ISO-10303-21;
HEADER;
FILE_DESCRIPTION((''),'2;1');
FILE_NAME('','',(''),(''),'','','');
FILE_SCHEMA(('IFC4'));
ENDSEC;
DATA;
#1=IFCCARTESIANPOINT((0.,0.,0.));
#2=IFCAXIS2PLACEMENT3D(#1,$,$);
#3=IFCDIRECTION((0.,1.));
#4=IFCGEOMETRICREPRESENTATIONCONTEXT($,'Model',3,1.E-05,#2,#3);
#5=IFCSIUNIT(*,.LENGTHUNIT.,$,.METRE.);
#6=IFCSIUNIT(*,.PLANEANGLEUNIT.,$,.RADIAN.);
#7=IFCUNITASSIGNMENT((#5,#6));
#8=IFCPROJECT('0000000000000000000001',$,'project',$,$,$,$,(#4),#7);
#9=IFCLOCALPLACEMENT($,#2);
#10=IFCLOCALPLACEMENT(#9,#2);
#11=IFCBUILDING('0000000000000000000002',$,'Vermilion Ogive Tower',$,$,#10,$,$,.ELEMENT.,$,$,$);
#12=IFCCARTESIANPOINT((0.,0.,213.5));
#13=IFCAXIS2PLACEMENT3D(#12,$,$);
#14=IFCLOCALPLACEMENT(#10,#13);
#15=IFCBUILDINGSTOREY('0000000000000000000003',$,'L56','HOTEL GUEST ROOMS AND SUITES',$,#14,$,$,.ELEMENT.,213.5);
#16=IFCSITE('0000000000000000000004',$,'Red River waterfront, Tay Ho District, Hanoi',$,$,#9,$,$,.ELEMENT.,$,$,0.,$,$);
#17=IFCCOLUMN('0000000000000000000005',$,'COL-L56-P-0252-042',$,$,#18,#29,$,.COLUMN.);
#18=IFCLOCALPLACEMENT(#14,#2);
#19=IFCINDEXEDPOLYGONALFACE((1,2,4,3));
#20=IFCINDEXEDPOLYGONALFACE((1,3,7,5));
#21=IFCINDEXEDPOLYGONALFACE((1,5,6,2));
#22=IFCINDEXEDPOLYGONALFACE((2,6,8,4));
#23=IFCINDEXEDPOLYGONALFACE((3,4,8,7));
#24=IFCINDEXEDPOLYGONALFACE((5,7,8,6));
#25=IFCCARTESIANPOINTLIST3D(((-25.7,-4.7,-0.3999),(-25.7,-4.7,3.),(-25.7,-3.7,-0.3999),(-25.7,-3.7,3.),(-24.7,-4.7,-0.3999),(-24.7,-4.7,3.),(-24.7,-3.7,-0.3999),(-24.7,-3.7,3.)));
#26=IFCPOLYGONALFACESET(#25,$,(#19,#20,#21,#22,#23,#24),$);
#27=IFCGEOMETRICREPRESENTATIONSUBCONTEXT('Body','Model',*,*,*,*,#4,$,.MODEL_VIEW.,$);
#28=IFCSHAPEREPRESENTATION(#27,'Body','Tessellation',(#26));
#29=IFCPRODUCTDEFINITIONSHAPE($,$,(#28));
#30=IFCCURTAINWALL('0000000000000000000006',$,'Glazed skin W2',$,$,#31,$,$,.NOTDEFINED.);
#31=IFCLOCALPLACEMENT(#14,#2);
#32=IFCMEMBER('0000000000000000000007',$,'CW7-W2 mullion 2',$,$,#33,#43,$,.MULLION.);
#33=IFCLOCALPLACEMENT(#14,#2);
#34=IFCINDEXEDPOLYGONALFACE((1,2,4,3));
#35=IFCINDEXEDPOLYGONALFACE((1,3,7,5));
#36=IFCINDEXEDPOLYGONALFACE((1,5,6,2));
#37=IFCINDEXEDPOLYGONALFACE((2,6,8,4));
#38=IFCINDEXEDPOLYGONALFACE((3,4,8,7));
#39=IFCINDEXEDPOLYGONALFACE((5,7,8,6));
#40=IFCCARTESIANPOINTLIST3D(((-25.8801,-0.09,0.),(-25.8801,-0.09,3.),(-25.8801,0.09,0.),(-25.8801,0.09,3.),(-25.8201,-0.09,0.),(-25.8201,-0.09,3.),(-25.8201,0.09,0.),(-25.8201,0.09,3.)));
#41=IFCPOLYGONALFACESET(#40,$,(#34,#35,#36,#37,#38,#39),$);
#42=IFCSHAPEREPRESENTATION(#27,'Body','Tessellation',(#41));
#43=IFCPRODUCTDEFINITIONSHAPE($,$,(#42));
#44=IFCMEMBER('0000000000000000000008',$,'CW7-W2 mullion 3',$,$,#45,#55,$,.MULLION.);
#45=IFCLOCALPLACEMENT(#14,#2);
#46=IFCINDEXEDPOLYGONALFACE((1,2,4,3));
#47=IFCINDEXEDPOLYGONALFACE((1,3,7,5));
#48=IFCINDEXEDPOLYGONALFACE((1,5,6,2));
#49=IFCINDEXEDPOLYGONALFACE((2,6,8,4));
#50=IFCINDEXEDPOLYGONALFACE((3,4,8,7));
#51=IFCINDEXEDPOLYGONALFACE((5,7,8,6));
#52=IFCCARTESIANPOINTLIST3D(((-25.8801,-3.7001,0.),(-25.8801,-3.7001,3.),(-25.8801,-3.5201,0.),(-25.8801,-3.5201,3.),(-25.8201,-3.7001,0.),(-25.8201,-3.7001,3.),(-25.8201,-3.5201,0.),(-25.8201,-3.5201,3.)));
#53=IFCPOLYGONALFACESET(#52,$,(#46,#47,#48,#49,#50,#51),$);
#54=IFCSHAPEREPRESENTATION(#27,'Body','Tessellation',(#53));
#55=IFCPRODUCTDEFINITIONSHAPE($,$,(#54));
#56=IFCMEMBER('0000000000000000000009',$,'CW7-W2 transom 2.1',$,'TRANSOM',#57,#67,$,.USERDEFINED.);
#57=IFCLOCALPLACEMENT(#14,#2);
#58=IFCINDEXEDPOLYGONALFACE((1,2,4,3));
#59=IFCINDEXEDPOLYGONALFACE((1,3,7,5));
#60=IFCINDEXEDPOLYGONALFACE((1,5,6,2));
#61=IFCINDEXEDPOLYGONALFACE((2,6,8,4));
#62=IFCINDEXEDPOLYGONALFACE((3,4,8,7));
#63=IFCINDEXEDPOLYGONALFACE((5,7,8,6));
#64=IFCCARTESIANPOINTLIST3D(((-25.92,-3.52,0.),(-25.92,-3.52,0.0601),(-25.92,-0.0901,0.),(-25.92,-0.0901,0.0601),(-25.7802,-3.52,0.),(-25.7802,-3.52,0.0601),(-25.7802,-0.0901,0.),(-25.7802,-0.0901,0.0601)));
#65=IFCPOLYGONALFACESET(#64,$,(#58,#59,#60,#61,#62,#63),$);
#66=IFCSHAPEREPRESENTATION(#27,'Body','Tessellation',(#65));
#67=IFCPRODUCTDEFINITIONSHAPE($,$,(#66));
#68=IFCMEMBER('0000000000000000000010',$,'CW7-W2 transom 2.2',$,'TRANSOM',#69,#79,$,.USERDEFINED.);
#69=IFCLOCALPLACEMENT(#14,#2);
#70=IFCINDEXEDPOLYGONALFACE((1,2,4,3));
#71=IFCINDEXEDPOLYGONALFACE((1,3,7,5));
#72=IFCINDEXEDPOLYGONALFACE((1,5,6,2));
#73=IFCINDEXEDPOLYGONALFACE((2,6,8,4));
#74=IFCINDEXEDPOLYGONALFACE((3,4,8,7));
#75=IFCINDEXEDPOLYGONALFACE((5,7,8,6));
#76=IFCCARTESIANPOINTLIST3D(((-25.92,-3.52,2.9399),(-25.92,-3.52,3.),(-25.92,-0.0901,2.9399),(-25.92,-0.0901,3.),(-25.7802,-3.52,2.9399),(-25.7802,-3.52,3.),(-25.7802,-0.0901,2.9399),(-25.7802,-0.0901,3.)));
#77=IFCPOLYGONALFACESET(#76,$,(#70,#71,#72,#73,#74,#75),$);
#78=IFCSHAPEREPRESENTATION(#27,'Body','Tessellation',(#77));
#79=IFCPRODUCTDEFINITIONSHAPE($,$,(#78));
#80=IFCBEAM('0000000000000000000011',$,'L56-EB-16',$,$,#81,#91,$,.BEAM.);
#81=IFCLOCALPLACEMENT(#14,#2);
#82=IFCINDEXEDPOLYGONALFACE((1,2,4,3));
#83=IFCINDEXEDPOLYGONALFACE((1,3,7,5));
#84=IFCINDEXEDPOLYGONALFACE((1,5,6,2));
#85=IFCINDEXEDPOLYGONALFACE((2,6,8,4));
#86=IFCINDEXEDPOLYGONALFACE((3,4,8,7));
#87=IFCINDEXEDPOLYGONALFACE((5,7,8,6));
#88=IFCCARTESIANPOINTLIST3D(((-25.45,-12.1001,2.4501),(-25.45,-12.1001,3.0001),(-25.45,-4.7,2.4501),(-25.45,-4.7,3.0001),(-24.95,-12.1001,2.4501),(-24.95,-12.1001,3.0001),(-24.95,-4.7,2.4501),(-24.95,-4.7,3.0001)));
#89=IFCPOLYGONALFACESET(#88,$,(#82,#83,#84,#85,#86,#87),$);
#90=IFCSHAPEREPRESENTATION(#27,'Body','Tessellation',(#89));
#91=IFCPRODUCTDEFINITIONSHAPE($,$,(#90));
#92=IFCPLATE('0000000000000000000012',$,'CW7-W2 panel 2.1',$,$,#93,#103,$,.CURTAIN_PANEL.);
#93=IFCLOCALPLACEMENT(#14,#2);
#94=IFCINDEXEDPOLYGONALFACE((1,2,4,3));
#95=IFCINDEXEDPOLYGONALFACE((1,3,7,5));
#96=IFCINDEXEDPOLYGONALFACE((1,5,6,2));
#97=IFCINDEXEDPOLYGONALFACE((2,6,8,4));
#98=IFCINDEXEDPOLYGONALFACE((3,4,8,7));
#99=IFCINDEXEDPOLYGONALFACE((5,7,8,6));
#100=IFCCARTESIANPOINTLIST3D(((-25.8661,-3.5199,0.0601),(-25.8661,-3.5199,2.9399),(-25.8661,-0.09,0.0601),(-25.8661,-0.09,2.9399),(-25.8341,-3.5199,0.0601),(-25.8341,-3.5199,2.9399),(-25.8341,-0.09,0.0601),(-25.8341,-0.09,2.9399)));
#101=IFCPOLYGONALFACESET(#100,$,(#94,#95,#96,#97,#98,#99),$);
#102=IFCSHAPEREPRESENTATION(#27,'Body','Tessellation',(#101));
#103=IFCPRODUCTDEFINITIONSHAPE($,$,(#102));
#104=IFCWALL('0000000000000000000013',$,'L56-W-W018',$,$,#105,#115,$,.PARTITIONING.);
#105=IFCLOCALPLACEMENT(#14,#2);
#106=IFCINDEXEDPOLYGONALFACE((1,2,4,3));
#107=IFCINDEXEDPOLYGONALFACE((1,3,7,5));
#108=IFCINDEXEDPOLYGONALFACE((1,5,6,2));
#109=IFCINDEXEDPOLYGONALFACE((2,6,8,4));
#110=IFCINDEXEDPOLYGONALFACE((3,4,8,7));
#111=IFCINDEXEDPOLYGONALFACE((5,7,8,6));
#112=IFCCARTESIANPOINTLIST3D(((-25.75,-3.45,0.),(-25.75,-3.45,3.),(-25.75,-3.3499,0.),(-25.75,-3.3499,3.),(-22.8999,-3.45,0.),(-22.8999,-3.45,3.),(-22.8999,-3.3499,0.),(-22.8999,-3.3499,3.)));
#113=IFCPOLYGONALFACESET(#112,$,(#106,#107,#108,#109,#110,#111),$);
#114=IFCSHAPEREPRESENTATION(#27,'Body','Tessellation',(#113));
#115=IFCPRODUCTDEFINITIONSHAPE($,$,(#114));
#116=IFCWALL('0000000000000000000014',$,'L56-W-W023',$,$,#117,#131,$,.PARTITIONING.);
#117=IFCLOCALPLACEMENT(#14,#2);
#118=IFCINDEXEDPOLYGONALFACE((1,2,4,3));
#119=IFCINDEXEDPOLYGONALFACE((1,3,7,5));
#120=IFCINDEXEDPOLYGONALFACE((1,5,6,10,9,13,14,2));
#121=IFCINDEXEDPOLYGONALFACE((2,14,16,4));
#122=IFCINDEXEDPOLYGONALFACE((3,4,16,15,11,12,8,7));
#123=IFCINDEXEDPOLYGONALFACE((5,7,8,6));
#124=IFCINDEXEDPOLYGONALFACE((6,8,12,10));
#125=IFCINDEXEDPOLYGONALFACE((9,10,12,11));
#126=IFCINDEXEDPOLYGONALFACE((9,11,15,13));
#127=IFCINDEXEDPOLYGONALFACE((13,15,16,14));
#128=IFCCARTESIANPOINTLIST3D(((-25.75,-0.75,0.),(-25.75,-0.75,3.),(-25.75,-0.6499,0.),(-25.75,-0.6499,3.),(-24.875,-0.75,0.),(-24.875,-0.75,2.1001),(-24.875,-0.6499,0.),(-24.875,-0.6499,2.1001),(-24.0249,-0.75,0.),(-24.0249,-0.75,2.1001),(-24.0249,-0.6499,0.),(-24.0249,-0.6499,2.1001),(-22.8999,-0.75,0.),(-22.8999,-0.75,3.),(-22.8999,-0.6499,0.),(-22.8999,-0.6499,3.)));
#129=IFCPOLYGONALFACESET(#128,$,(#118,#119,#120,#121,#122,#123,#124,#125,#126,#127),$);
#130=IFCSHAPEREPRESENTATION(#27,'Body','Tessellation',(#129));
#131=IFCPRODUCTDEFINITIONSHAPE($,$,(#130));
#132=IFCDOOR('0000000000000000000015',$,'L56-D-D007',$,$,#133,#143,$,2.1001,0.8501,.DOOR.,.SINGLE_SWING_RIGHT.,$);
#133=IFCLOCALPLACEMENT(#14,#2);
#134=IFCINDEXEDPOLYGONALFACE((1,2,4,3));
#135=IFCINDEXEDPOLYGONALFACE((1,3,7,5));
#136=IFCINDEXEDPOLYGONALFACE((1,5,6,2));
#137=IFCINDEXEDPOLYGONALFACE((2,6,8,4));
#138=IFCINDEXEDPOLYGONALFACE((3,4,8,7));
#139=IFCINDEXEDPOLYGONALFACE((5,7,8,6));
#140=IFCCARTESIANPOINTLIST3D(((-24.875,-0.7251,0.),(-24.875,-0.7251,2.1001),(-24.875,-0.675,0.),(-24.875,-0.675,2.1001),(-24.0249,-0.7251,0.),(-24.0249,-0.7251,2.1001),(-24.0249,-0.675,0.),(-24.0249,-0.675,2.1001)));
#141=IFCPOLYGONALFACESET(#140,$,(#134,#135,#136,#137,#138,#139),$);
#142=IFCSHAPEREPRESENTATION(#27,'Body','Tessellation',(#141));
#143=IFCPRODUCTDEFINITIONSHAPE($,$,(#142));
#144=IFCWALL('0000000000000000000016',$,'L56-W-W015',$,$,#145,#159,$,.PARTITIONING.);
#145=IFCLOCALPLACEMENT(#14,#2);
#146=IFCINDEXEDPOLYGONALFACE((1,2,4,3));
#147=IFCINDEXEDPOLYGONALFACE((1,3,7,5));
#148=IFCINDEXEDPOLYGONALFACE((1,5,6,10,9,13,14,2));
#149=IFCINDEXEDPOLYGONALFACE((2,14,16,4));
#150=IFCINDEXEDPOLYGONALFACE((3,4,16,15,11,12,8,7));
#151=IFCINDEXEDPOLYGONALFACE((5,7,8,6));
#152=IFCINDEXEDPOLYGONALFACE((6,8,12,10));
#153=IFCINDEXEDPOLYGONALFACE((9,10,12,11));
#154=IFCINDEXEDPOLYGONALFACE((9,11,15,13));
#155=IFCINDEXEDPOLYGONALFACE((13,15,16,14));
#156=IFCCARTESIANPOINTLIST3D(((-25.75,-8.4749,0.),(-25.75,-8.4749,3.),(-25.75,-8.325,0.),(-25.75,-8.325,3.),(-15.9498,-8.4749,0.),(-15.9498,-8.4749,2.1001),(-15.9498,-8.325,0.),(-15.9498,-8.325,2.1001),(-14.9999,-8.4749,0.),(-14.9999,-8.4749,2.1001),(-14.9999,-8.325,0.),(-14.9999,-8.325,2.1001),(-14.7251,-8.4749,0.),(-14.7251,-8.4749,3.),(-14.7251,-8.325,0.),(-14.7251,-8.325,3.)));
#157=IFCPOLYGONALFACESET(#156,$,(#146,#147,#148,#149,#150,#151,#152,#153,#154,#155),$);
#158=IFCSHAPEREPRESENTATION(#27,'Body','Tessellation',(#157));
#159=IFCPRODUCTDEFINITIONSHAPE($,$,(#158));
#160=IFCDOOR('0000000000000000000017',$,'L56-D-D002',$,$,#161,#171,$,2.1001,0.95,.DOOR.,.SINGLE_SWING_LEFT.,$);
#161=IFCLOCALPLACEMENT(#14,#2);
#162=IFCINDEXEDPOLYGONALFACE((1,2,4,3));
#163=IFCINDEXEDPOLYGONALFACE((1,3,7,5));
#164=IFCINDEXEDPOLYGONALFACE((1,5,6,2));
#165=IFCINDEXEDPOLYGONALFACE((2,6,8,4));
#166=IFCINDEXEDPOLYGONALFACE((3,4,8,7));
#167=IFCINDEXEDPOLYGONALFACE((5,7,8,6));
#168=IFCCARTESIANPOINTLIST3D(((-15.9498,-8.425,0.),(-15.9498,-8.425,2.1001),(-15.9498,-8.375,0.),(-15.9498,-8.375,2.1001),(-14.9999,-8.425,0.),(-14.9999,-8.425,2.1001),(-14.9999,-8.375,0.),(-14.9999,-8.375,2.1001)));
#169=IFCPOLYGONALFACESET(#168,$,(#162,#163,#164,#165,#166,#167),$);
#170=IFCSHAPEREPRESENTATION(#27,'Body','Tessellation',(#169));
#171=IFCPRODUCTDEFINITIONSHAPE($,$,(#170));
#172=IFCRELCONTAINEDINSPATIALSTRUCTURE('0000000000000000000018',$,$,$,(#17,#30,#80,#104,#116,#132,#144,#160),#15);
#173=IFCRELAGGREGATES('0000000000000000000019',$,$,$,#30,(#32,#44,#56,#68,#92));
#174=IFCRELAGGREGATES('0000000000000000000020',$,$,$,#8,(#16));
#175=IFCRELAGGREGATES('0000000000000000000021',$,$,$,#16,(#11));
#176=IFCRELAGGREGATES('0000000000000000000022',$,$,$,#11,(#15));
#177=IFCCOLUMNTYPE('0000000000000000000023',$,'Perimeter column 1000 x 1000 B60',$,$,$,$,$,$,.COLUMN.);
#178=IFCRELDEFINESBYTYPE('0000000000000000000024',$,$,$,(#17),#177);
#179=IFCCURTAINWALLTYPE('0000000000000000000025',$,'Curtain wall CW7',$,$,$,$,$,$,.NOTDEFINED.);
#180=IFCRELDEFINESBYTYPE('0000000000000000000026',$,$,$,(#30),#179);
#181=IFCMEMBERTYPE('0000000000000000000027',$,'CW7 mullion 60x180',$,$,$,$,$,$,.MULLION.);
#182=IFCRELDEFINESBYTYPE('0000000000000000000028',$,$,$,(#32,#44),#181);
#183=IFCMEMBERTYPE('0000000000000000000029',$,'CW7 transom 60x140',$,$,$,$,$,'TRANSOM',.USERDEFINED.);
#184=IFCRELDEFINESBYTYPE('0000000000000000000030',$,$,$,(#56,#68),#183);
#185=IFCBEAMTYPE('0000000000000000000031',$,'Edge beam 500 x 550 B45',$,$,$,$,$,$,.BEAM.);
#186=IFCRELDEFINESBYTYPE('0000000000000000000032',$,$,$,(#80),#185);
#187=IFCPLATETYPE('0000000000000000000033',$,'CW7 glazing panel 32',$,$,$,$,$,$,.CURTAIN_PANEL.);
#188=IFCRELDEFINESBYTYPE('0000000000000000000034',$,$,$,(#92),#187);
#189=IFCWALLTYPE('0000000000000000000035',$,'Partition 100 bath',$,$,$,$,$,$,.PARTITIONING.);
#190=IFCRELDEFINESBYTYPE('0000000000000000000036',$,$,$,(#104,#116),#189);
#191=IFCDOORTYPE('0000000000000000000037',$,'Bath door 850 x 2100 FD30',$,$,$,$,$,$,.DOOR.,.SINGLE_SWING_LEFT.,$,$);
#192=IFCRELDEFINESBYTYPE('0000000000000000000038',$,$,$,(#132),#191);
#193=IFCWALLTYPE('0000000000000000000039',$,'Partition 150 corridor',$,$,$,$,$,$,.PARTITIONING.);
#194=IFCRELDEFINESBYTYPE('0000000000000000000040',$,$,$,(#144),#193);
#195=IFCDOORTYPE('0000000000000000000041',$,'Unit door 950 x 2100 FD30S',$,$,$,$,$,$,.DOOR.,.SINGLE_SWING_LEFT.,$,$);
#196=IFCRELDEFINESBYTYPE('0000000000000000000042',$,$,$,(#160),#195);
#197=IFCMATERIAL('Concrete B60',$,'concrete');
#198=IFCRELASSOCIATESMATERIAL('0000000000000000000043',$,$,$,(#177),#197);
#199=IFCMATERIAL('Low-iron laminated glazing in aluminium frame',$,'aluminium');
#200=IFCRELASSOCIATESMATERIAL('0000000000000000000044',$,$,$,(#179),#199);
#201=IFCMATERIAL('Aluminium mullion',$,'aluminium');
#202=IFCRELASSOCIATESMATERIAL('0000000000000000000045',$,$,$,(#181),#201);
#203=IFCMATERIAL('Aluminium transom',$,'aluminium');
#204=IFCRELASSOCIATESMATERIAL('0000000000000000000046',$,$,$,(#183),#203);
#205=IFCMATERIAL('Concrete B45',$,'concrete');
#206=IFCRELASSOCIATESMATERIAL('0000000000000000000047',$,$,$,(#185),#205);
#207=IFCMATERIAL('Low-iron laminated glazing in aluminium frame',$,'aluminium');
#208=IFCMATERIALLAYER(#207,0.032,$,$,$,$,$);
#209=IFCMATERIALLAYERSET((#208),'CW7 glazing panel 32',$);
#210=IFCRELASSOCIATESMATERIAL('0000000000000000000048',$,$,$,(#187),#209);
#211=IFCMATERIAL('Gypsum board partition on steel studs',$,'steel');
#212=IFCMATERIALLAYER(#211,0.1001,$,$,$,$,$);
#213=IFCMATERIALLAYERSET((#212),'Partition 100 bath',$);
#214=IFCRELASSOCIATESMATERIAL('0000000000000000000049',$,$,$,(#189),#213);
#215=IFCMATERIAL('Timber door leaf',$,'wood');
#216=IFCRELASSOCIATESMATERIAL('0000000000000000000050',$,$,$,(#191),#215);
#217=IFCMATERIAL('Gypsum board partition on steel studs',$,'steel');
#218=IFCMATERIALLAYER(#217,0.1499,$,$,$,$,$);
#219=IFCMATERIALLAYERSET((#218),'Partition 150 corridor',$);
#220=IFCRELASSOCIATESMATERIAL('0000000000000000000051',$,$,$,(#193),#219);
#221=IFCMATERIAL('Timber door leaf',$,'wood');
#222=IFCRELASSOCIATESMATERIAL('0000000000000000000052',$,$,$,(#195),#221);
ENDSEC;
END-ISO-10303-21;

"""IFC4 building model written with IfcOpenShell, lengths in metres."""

from ifc_helpers import new_model, si_unit, direction, frame, frame_2d, origin, origin_2d, place, context, subcontext, project, spatial, rectangle, extrude, material, layer, layer_set, material_profile, profile_set, type_object, element, fill, aggregate, save


model = new_model("IFC4")

# Units and contexts
model_context = context("Model", 3, precision=1e-05, world=origin(), true_north=direction((0.0, 1.0)))
body_context = subcontext(model_context, "Body", "Model", "MODEL_VIEW")
ifc_project = project(units=[si_unit("LENGTHUNIT", "METRE"), si_unit("PLANEANGLEUNIT", "RADIAN")], contexts=[model_context])

# Site, building, storey
site_placement = place(None, origin())
site = spatial("IfcSite", under=ifc_project, at=site_placement, Name="Red River waterfront, Tay Ho District, Hanoi", CompositionType="ELEMENT", RefElevation=0.0)
building_placement = place(site_placement, origin())
building = spatial("IfcBuilding", under=site, at=building_placement, Name="Vermilion Ogive Tower", CompositionType="ELEMENT")
storey_placement = place(building_placement, frame((0.0, 0.0, 213.5)))
storey = spatial("IfcBuildingStorey", under=building, at=storey_placement, Name="L56", Description="HOTEL GUEST ROOMS AND SUITES", CompositionType="ELEMENT", Elevation=213.5)

# Column
ifc_material_1 = material(Name="Concrete B60", Category="concrete")
ifc_material_profile_1 = material_profile(ifc_material_1, rectangle(XDim=1.0, YDim=1.0, at=origin_2d()), Name="1000 x 1000")
ifc_profile_set_1 = profile_set([ifc_material_profile_1], Name="Concrete B60")
column_type = type_object("IfcColumnType", Name="Perimeter column 1000 x 1000 B60", PredefinedType="COLUMN", material=ifc_profile_set_1)
column_placement = place(storey_placement, frame((-25.2, -4.2, -0.3999), z_axis=(0.0, 0.0, 1.0), x_axis=(1.0, 0.0, 0.0)))
element("IfcColumn", 1, at=column_placement, inside=storey, type_object=column_type, Name="COL-L56-P-0252-042", PredefinedType="COLUMN", context=body_context, shape_type="SweptSolid", body=[
    extrude(rectangle(XDim=1.0, YDim=1.0, at=origin_2d()), origin(), (0.0, 0.0, 1.0), 3.3999),
])

# Curtain wall, members
ifc_material_2 = material(Name="Low-iron laminated glazing in aluminium frame", Category="aluminium")
curtain_wall_type = type_object("IfcCurtainWallType", Name="Curtain wall CW7", PredefinedType="NOTDEFINED", material=ifc_material_2)
curtain_wall_placement = place(storey_placement, origin())
curtain_wall = element("IfcCurtainWall", 2, at=curtain_wall_placement, inside=storey, type_object=curtain_wall_type, Name="Glazed skin W2", PredefinedType="NOTDEFINED")
ifc_material_3 = material(Name="Aluminium mullion", Category="aluminium")
ifc_material_profile_2 = material_profile(ifc_material_3, rectangle(XDim=0.0601, YDim=0.1799, at=origin_2d()), Name="AL 60x180")
ifc_profile_set_2 = profile_set([ifc_material_profile_2], Name="Aluminium mullion")
member_type_1 = type_object("IfcMemberType", Name="CW7 mullion 60x180", PredefinedType="MULLION", material=ifc_profile_set_2)
member_1_placement = place(storey_placement, frame((-25.8501, 0.0, 0.0), z_axis=(0.0, 0.0, 1.0), x_axis=(1.0, 0.0, 0.0)))
member_1 = element("IfcMember", 3, at=member_1_placement, type_object=member_type_1, Name="CW7-W2 mullion 2", PredefinedType="MULLION", context=body_context, shape_type="SweptSolid", body=[
    extrude(rectangle(XDim=0.0601, YDim=0.1799, at=origin_2d()), origin(), (0.0, 0.0, 1.0), 3.0),
])
member_2_placement = place(storey_placement, frame((-25.8501, -3.6101, 0.0), z_axis=(0.0, 0.0, 1.0), x_axis=(1.0, 0.0, 0.0)))
member_2 = element("IfcMember", 4, at=member_2_placement, type_object=member_type_1, Name="CW7-W2 mullion 3", PredefinedType="MULLION", context=body_context, shape_type="SweptSolid", body=[
    extrude(rectangle(XDim=0.0601, YDim=0.1799, at=origin_2d()), origin(), (0.0, 0.0, 1.0), 3.0),
])
ifc_material_4 = material(Name="Aluminium transom", Category="aluminium")
ifc_material_profile_3 = material_profile(ifc_material_4, rectangle(XDim=0.1399, YDim=0.0601, at=origin_2d()), Name="AL 60x140")
ifc_profile_set_3 = profile_set([ifc_material_profile_3], Name="Aluminium transom")
member_type_2 = type_object("IfcMemberType", Name="CW7 transom 60x140", ElementType="TRANSOM", PredefinedType="USERDEFINED", material=ifc_profile_set_3)
member_3_placement = place(storey_placement, frame((-25.8501, -0.0901, 0.03), z_axis=(0.0, -1.0, 0.0), x_axis=(1.0, 0.0, 0.0)))
member_3 = element("IfcMember", 5, at=member_3_placement, type_object=member_type_2, Name="CW7-W2 transom 2.1", ObjectType="TRANSOM", PredefinedType="USERDEFINED", context=body_context, shape_type="SweptSolid", body=[
    extrude(rectangle(XDim=0.1399, YDim=0.0601, at=origin_2d()), origin(), (0.0, 0.0, 1.0), 3.4299),
])
member_4_placement = place(storey_placement, frame((-25.8501, -0.0901, 2.97), z_axis=(0.0, -1.0, 0.0), x_axis=(1.0, 0.0, 0.0)))
member_4 = element("IfcMember", 6, at=member_4_placement, type_object=member_type_2, Name="CW7-W2 transom 2.2", ObjectType="TRANSOM", PredefinedType="USERDEFINED", context=body_context, shape_type="SweptSolid", body=[
    extrude(rectangle(XDim=0.1399, YDim=0.0601, at=origin_2d()), origin(), (0.0, 0.0, 1.0), 3.4299),
])

# Beam
ifc_material_5 = material(Name="Concrete B45", Category="concrete")
ifc_material_profile_4 = material_profile(ifc_material_5, rectangle(XDim=0.5, YDim=0.55, at=origin_2d()), Name="500 x 550")
ifc_profile_set_4 = profile_set([ifc_material_profile_4], Name="Concrete B45")
beam_type = type_object("IfcBeamType", Name="Edge beam 500 x 550 B45", PredefinedType="BEAM", material=ifc_profile_set_4)
beam_placement = place(storey_placement, frame((-25.2, -4.7, 2.7251), z_axis=(0.0, -1.0, 0.0), x_axis=(1.0, 0.0, 0.0)))
element("IfcBeam", 7, at=beam_placement, inside=storey, type_object=beam_type, Name="L56-EB-16", PredefinedType="BEAM", context=body_context, shape_type="SweptSolid", body=[
    extrude(rectangle(XDim=0.5, YDim=0.55, at=origin_2d()), origin(), (0.0, 0.0, 1.0), 7.4001),
])

# Plate
ifc_material_6 = material(Name="Low-iron laminated glazing in aluminium frame", Category="aluminium")
ifc_layer_1 = layer(ifc_material_6, 0.032)
ifc_layer_set_1 = layer_set([ifc_layer_1], Name="CW7 glazing panel 32")
plate_type = type_object("IfcPlateType", Name="CW7 glazing panel 32", PredefinedType="CURTAIN_PANEL", material=ifc_layer_set_1)
plate_placement = place(storey_placement, frame((-25.8501, -1.8049, 0.0601), z_axis=(0.0, 0.0, 1.0), x_axis=(0.0, -1.0, 0.0)))
plate = element("IfcPlate", 8, at=plate_placement, type_object=plate_type, Name="CW7-W2 panel 2.1", PredefinedType="CURTAIN_PANEL", context=body_context, shape_type="SweptSolid", body=[
    extrude(rectangle(XDim=3.4299, YDim=0.032, at=origin_2d()), origin(), (0.0, 0.0, 1.0), 2.8799),
])
aggregate(curtain_wall, [member_1, member_2, member_3, member_4, plate])

# Wall
ifc_material_7 = material(Name="Gypsum board partition on steel studs", Category="steel")
ifc_layer_2 = layer(ifc_material_7, 0.1001)
ifc_layer_set_2 = layer_set([ifc_layer_2], Name="Partition 100 bath")
wall_type_1 = type_object("IfcWallType", Name="Partition 100 bath", PredefinedType="PARTITIONING", material=ifc_layer_set_2)
wall_1_placement = place(storey_placement, frame((-25.75, -3.3999, 0.0), z_axis=(0.0, 0.0, 1.0), x_axis=(1.0, 0.0, 0.0)))
element("IfcWall", 9, at=wall_1_placement, inside=storey, type_object=wall_type_1, Name="L56-W-W018", PredefinedType="PARTITIONING", context=body_context, shape_type="SweptSolid", body=[
    extrude(rectangle(XDim=2.8501, YDim=0.1001, at=frame_2d((1.425, 0.0))), origin(), (0.0, 0.0, 1.0), 3.0),
])

# Walls, openings, doors
wall_2_placement = place(storey_placement, frame((-25.75, -0.7, 0.0), z_axis=(0.0, 0.0, 1.0), x_axis=(1.0, 0.0, 0.0)))
wall_2 = element("IfcWall", 10, at=wall_2_placement, inside=storey, type_object=wall_type_1, Name="L56-W-W023", PredefinedType="PARTITIONING", context=body_context, shape_type="SweptSolid", body=[
    extrude(rectangle(XDim=2.8501, YDim=0.1001, at=frame_2d((1.425, 0.0))), origin(), (0.0, 0.0, 1.0), 3.0),
])
opening_1_placement = place(wall_2_placement, frame((0.875, 0.0, 0.0)))
opening_1 = element("IfcOpeningElement", 11, at=opening_1_placement, cuts=wall_2, PredefinedType="OPENING", context=body_context, shape_type="SweptSolid", body=[
    extrude(rectangle(XDim=0.8501, YDim=2.1001, at=frame_2d((0.425, 1.05))), frame((0.0, 0.0601, 0.0), z_axis=(0.0, -1.0, 0.0), x_axis=(1.0, 0.0, 0.0)), (0.0, 0.0, 1.0), 0.1201),
])
ifc_material_8 = material(Name="Timber door leaf", Category="wood")
door_type_1 = type_object("IfcDoorType", Name="Bath door 850 x 2100 FD30", OperationType="SINGLE_SWING_LEFT", PredefinedType="DOOR", material=ifc_material_8)
door_1_placement = place(opening_1_placement, origin())
door_1 = element("IfcDoor", 12, at=door_1_placement, inside=storey, type_object=door_type_1, Name="L56-D-D007", OperationType="SINGLE_SWING_RIGHT", OverallHeight=2.1001, OverallWidth=0.8501, PredefinedType="DOOR", context=body_context, shape_type="SweptSolid", body=[
    extrude(rectangle(XDim=0.8501, YDim=2.1001, at=frame_2d((0.425, 1.05))), frame((0.0, 0.0249, 0.0), z_axis=(0.0, -1.0, 0.0), x_axis=(1.0, 0.0, 0.0)), (0.0, 0.0, 1.0), 0.05),
])
fill(opening_1, door_1)
ifc_material_9 = material(Name="Gypsum board partition on steel studs", Category="steel")
ifc_layer_3 = layer(ifc_material_9, 0.1499)
ifc_layer_set_3 = layer_set([ifc_layer_3], Name="Partition 150 corridor")
wall_type_2 = type_object("IfcWallType", Name="Partition 150 corridor", PredefinedType="PARTITIONING", material=ifc_layer_set_3)
wall_3_placement = place(storey_placement, frame((-25.75, -8.3999, 0.0), z_axis=(0.0, 0.0, 1.0), x_axis=(1.0, 0.0, 0.0)))
wall_3 = element("IfcWall", 13, at=wall_3_placement, inside=storey, type_object=wall_type_2, Name="L56-W-W015", PredefinedType="PARTITIONING", context=body_context, shape_type="SweptSolid", body=[
    extrude(rectangle(XDim=11.0249, YDim=0.1499, at=frame_2d((5.5125, 0.0))), origin(), (0.0, 0.0, 1.0), 3.0),
])
opening_2_placement = place(wall_3_placement, frame((9.8, 0.0, 0.0)))
opening_2 = element("IfcOpeningElement", 14, at=opening_2_placement, cuts=wall_3, PredefinedType="OPENING", context=body_context, shape_type="SweptSolid", body=[
    extrude(rectangle(XDim=0.95, YDim=2.1001, at=frame_2d((0.4751, 1.05))), frame((0.0, 0.085, 0.0), z_axis=(0.0, -1.0, 0.0), x_axis=(1.0, 0.0, 0.0)), (0.0, 0.0, 1.0), 0.1699),
])
ifc_material_10 = material(Name="Timber door leaf", Category="wood")
door_type_2 = type_object("IfcDoorType", Name="Unit door 950 x 2100 FD30S", OperationType="SINGLE_SWING_LEFT", PredefinedType="DOOR", material=ifc_material_10)
door_2_placement = place(opening_2_placement, origin())
door_2 = element("IfcDoor", 15, at=door_2_placement, inside=storey, type_object=door_type_2, Name="L56-D-D002", OperationType="SINGLE_SWING_LEFT", OverallHeight=2.1001, OverallWidth=0.95, PredefinedType="DOOR", context=body_context, shape_type="SweptSolid", body=[
    extrude(rectangle(XDim=0.95, YDim=2.1001, at=frame_2d((0.4751, 1.05))), frame((0.0, 0.0249, 0.0), z_axis=(0.0, -1.0, 0.0), x_axis=(1.0, 0.0, 0.0)), (0.0, 0.0, 1.0), 0.05),
])
fill(opening_2, door_2)

save(model, "model.ifc")
